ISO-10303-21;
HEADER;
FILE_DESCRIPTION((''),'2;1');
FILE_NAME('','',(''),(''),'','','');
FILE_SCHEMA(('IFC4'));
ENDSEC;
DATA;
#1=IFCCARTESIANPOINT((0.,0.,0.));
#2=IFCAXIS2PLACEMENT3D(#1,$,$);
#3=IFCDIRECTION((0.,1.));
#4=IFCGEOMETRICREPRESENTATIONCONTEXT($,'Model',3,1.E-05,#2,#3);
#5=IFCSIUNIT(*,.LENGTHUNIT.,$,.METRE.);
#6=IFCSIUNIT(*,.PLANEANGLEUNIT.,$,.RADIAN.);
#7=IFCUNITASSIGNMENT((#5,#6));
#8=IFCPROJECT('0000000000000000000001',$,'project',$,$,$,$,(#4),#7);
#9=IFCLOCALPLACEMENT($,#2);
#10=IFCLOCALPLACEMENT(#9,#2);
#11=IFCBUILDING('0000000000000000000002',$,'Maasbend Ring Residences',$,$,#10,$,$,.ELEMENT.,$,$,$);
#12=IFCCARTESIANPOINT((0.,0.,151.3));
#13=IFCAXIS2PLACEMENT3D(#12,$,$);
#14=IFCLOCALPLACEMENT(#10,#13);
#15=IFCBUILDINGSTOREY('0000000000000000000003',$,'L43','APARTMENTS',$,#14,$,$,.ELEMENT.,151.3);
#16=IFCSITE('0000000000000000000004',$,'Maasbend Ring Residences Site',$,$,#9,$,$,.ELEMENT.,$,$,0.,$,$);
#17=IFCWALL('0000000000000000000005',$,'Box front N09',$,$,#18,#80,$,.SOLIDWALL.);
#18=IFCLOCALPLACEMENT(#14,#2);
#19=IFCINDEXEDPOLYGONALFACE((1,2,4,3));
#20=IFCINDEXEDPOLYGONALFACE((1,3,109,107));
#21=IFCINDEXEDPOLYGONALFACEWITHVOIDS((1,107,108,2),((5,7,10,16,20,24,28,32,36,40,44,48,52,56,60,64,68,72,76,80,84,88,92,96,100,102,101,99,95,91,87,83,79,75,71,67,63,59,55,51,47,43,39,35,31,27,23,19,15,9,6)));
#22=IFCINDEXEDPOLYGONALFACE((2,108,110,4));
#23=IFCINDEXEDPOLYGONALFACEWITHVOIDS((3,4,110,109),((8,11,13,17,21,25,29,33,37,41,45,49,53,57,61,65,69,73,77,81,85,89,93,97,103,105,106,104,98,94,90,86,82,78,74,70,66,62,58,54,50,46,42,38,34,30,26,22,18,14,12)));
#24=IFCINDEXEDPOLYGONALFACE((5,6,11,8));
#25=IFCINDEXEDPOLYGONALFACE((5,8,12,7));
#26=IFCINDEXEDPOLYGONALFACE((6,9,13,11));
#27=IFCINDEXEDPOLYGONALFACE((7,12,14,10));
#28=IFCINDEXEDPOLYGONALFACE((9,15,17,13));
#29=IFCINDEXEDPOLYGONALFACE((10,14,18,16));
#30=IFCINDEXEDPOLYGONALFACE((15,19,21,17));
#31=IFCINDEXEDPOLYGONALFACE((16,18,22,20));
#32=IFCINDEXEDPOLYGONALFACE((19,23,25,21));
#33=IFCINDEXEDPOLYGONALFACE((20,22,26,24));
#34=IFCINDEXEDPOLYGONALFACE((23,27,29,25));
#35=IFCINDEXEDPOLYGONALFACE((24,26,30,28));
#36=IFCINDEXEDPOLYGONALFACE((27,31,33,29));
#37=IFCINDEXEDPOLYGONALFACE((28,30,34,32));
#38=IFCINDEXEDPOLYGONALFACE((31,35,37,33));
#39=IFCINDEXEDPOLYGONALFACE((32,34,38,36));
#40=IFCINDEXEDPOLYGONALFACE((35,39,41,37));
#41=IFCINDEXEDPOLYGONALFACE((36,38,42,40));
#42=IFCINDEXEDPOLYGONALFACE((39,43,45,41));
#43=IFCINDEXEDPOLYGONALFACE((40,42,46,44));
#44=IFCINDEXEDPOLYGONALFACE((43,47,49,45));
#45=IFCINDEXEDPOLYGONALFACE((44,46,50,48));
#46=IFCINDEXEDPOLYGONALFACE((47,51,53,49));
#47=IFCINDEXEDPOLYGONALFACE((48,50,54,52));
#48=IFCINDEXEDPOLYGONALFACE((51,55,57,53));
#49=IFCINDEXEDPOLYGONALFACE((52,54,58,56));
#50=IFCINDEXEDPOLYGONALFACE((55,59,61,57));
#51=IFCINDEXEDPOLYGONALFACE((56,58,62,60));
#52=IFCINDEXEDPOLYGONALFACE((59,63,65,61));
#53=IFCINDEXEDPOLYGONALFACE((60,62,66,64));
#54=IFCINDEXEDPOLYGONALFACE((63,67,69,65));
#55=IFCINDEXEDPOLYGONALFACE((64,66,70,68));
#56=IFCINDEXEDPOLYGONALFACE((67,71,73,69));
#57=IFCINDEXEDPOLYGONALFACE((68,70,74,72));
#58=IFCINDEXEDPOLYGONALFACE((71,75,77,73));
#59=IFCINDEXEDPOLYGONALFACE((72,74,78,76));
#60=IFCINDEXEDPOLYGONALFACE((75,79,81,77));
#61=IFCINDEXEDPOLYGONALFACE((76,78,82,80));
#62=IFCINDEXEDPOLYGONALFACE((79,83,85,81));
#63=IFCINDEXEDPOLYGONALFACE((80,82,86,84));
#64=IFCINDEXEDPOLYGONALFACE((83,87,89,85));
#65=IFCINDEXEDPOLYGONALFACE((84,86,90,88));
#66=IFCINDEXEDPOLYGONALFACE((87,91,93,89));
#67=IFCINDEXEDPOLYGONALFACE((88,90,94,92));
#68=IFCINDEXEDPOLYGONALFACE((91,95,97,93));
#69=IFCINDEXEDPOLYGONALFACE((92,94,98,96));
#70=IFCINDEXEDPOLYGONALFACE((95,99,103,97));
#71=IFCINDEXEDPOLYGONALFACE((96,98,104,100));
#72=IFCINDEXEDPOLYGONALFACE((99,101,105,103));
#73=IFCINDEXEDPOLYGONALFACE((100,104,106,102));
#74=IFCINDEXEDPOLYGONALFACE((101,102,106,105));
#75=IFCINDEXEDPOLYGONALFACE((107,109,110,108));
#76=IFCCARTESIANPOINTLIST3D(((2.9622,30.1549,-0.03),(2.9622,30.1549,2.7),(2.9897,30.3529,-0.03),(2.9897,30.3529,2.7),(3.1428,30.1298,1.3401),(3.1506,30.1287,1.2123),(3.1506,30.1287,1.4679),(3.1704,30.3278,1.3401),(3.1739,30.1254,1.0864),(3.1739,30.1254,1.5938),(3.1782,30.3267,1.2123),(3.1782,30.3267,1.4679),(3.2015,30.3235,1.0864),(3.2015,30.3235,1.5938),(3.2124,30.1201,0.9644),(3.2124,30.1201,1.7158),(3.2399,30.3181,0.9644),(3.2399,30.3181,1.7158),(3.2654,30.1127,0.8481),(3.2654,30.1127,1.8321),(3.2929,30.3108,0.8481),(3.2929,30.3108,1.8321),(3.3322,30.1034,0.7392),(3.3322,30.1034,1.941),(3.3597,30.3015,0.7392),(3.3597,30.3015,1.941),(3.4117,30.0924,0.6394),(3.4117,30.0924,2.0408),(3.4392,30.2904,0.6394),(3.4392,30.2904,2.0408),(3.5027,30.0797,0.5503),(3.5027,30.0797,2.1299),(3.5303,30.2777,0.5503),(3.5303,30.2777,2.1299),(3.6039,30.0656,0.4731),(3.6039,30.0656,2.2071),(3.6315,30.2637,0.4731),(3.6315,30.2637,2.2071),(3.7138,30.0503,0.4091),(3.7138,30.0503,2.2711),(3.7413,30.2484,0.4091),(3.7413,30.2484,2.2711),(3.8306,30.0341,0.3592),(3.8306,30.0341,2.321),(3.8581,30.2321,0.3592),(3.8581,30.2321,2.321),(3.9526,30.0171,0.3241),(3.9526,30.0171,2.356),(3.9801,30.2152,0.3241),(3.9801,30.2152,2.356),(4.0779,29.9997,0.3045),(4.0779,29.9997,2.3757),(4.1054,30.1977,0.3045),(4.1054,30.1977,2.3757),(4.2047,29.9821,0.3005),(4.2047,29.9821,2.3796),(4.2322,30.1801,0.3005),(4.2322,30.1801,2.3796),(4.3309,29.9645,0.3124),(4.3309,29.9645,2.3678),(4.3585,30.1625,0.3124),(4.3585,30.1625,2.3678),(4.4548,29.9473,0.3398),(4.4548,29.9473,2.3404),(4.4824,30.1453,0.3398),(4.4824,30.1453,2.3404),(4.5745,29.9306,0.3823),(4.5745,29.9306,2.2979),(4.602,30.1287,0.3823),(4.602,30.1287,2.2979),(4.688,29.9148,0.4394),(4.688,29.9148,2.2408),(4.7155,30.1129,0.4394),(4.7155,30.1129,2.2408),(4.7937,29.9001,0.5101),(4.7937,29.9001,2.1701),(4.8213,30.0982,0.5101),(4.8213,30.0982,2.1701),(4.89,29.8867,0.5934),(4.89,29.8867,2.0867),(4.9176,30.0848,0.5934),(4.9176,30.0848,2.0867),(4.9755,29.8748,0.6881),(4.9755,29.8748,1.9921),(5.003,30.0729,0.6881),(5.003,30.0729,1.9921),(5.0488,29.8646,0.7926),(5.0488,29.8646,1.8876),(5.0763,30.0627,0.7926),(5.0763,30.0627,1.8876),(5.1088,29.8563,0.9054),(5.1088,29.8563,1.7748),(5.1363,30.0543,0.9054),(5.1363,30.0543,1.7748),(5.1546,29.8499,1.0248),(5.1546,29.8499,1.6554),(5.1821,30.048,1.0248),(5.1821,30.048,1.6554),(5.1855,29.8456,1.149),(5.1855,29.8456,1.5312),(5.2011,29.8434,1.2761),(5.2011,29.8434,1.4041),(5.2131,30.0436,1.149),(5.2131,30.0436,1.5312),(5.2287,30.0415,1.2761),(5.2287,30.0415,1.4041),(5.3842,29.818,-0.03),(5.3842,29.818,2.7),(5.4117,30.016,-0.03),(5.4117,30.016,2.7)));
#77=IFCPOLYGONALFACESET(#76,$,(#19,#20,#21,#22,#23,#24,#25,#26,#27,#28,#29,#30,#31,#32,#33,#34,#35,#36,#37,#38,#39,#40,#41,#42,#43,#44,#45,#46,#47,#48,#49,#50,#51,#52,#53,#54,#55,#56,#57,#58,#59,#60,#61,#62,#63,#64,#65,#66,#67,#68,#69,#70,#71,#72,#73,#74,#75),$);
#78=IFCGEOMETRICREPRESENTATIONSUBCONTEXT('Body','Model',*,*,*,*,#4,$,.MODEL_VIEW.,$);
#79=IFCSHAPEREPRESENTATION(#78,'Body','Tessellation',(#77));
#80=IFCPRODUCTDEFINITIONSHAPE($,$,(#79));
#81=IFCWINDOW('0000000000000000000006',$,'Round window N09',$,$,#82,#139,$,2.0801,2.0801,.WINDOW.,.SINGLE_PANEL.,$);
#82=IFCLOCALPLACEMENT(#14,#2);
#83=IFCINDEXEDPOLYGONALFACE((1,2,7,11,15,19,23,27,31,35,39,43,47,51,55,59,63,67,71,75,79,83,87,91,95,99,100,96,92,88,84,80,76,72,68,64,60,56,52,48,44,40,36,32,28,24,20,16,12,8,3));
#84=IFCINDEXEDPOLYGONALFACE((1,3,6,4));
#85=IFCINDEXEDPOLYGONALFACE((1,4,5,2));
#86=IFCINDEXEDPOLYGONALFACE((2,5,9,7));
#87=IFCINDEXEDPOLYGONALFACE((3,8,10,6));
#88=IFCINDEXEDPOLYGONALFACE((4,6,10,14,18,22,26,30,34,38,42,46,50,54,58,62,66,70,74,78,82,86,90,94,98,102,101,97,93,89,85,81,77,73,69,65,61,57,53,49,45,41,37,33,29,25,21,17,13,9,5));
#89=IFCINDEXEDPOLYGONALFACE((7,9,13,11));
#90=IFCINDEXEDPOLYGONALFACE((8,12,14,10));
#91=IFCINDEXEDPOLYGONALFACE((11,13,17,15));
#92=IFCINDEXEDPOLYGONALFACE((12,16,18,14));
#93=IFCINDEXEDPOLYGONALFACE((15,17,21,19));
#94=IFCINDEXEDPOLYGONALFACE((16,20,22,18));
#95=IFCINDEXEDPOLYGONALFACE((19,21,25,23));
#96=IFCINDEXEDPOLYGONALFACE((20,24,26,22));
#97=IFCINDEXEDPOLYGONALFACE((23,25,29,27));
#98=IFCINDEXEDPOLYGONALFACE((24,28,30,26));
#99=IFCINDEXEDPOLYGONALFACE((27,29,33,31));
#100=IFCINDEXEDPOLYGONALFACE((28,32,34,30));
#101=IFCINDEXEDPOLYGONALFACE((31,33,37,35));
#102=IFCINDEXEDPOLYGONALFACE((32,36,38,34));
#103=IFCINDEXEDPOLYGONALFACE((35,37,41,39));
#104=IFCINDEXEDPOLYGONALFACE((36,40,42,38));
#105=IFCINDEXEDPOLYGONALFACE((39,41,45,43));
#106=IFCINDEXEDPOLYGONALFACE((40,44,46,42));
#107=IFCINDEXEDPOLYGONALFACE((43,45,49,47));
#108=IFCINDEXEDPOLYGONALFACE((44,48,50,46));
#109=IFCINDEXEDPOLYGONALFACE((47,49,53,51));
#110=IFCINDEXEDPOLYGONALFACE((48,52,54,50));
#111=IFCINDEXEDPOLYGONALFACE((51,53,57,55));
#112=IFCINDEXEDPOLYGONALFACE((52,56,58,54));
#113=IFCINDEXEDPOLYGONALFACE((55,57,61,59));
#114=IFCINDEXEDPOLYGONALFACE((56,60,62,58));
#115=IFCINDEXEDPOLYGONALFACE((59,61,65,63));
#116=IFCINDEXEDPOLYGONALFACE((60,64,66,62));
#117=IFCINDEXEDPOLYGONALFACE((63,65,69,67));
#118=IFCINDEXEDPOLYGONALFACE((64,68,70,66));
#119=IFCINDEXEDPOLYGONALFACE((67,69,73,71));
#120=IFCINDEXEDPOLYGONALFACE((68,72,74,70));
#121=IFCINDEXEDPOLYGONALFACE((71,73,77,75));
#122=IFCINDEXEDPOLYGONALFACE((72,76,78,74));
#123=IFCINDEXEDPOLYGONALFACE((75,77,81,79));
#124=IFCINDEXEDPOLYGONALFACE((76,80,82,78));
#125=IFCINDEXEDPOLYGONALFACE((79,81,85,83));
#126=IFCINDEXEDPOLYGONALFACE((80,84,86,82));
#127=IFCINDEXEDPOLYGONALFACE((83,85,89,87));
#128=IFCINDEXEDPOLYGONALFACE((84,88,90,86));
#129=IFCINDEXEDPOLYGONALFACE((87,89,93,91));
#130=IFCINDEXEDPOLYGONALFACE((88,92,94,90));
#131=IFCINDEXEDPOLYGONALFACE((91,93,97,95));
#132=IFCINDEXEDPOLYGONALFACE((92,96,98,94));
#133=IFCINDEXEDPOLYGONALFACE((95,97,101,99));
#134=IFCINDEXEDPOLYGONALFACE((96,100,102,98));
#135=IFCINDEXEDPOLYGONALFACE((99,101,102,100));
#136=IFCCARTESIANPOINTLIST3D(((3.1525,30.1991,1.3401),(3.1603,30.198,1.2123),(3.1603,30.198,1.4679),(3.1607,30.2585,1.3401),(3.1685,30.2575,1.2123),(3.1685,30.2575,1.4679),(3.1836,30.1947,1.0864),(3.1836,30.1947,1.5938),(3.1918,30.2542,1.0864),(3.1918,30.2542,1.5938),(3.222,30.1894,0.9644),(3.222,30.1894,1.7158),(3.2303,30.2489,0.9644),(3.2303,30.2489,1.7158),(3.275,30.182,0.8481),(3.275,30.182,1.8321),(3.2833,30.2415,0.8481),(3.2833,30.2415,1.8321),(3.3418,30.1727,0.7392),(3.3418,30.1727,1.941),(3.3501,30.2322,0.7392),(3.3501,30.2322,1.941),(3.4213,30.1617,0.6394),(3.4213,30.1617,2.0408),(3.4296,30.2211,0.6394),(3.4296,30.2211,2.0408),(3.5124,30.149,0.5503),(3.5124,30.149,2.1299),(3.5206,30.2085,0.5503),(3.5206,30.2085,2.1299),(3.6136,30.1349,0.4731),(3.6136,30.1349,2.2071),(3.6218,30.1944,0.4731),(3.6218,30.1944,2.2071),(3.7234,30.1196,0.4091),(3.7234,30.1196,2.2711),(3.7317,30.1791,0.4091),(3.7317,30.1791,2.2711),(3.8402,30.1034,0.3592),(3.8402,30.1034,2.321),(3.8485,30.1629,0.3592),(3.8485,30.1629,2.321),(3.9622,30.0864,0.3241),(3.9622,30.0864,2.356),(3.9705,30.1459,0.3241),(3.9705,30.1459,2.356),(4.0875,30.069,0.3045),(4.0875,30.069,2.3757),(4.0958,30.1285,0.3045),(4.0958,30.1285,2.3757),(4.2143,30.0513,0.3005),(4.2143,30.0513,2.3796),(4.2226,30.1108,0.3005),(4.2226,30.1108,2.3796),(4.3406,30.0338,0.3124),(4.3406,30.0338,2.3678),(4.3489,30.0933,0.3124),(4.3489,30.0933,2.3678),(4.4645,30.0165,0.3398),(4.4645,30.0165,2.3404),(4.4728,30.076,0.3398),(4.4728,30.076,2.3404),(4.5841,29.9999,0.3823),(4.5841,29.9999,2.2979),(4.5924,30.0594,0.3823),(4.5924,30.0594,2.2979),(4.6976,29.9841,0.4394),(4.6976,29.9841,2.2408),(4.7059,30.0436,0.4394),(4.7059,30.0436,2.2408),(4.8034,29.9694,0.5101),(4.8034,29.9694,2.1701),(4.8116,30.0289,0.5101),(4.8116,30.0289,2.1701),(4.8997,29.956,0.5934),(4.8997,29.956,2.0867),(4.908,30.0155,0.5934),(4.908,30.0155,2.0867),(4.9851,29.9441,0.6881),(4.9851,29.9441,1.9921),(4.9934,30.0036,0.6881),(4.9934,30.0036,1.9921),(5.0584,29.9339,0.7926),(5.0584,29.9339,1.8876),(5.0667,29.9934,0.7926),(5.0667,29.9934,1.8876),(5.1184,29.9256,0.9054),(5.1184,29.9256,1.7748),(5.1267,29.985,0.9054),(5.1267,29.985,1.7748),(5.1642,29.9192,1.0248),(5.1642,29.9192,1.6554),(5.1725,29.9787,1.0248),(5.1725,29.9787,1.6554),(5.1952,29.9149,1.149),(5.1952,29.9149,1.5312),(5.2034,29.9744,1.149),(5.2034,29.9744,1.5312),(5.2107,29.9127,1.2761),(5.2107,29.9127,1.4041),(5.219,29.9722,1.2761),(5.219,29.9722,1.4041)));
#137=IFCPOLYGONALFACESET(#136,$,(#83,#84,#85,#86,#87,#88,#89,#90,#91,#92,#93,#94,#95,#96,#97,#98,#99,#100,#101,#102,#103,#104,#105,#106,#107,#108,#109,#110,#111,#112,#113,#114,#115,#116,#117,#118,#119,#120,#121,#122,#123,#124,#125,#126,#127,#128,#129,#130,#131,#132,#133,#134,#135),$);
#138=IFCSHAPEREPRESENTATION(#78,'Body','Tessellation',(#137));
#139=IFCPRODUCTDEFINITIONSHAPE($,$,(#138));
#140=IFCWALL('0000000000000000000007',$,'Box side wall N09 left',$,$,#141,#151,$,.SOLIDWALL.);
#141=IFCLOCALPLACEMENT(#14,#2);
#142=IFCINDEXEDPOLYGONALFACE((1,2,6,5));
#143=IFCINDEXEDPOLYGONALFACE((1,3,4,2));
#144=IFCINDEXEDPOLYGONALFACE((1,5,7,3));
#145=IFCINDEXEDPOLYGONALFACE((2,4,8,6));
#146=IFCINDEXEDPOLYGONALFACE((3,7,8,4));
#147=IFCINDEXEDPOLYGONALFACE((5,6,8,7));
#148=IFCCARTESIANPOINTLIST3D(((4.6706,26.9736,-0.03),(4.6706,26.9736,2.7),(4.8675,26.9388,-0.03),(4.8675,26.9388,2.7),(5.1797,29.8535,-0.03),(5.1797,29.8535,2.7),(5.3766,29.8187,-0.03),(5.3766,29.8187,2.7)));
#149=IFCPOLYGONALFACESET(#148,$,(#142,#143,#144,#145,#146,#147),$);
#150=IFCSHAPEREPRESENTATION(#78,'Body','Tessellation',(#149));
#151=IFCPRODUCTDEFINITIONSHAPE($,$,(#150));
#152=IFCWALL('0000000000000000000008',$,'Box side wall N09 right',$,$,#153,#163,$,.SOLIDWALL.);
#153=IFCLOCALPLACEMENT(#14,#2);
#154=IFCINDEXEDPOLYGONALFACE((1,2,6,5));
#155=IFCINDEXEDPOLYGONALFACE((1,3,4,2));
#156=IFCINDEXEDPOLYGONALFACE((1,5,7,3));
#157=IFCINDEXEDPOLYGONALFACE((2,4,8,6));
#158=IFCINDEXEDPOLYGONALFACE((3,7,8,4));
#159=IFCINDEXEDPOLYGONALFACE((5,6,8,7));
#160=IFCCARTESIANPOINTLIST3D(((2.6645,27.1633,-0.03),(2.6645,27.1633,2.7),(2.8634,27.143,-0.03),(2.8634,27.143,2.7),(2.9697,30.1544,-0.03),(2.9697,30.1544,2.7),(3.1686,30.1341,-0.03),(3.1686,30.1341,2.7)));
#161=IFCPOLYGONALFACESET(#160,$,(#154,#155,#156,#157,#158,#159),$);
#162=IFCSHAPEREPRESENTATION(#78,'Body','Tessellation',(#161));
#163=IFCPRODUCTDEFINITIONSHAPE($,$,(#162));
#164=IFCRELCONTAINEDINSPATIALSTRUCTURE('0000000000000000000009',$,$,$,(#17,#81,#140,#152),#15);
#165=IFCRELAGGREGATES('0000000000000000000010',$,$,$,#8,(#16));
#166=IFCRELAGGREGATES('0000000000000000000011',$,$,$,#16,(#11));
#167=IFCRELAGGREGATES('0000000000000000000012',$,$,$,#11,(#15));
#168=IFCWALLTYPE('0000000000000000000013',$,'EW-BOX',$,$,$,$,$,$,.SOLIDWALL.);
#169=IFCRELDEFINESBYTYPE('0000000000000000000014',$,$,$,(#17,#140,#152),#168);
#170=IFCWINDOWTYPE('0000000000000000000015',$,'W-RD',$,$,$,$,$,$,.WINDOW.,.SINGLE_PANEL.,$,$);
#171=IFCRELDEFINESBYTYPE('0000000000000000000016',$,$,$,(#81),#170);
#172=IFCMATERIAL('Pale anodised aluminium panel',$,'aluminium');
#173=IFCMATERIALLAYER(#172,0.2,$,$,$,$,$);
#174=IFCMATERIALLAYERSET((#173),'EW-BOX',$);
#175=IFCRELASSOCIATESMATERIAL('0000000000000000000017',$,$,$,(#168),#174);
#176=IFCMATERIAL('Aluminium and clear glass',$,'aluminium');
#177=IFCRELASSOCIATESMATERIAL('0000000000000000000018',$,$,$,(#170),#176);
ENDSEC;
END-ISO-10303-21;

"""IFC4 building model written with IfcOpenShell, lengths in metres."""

from ifc_helpers import new_model, si_unit, direction, frame, frame_2d, origin, place, context, subcontext, project, spatial, rectangle, circle, extrude, material, layer, layer_set, type_object, element, fill, save


model = new_model("IFC4")

# Units and contexts
model_context = context("Model", 3, precision=1e-05, world=origin(), true_north=direction((0.0, 1.0)))
body_context = subcontext(model_context, "Body", "Model", "MODEL_VIEW")
ifc_project = project(units=[si_unit("LENGTHUNIT", "METRE"), si_unit("PLANEANGLEUNIT", "RADIAN")], contexts=[model_context])

# Site, building, storey
site_placement = place(None, origin())
site = spatial("IfcSite", under=ifc_project, at=site_placement, Name="Maasbend Ring Residences Site", CompositionType="ELEMENT", RefElevation=0.0)
building_placement = place(site_placement, origin())
building = spatial("IfcBuilding", under=site, at=building_placement, Name="Maasbend Ring Residences", CompositionType="ELEMENT")
storey_placement = place(building_placement, frame((0.0, 0.0, 151.3)))
storey = spatial("IfcBuildingStorey", under=building, at=storey_placement, Name="L43", Description="APARTMENTS", CompositionType="ELEMENT", Elevation=151.3)

# Shared definitions
ifc_material_1 = material(Name="Pale anodised aluminium panel", Category="aluminium")
ifc_layer_1 = layer(ifc_material_1, 0.2)
ifc_layer_set_1 = layer_set([ifc_layer_1], Name="EW-BOX")
wall_type_1 = type_object("IfcWallType", Name="EW-BOX", PredefinedType="SOLIDWALL", material=ifc_layer_set_1)

# Wall, opening, window
wall_1_placement = place(storey_placement, frame((5.3979, 29.917, -0.03), z_axis=(0.0, 0.0, 1.0), x_axis=(-0.990462, 0.137786, 0.0)))
wall_1 = element("IfcWall", 1, at=wall_1_placement, inside=storey, type_object=wall_type_1, Name="Box front N09", PredefinedType="SOLIDWALL", context=body_context, shape_type="SweptSolid", body=[
    extrude(rectangle(XDim=2.4453, YDim=0.2, at=frame_2d((1.2227, 0.0))), origin(), (0.0, 0.0, 1.0), 2.73),
])
opening_1_placement = place(wall_1_placement, frame((0.1829, 0.0, 0.3301)))
opening_1 = element("IfcOpeningElement", 2, at=opening_1_placement, cuts=wall_1, PredefinedType="OPENING", context=body_context, shape_type="SweptSolid", body=[
    extrude(circle(Radius=1.04, at=frame_2d((1.04, 1.04))), frame((0.0, 0.1099, 0.0), z_axis=(0.0, -1.0, 0.0), x_axis=(1.0, 0.0, 0.0)), (0.0, 0.0, 1.0), 0.22),
])
ifc_material_2 = material(Name="Aluminium and clear glass", Category="aluminium")
window_type_1 = type_object("IfcWindowType", Name="W-RD", PartitioningType="SINGLE_PANEL", PredefinedType="WINDOW", material=ifc_material_2)
window_1_placement = place(opening_1_placement, origin())
window_1 = element("IfcWindow", 3, at=window_1_placement, inside=storey, type_object=window_type_1, Name="Round window N09", OverallHeight=2.0801, OverallWidth=2.0801, PartitioningType="SINGLE_PANEL", PredefinedType="WINDOW", context=body_context, shape_type="SweptSolid", body=[
    extrude(circle(Radius=1.04, at=frame_2d((1.04, 1.04))), frame((0.0, 0.03, 0.0), z_axis=(0.0, -1.0, 0.0), x_axis=(1.0, 0.0, 0.0)), (0.0, 0.0, 1.0), 0.0601),
])
fill(opening_1, window_1)

# Walls
wall_2_placement = place(storey_placement, frame((4.769, 26.9561, -0.03), z_axis=(0.0, 0.0, 1.0), x_axis=(0.174057, 0.984736, 0.0)))
element("IfcWall", 4, at=wall_2_placement, inside=storey, type_object=wall_type_1, Name="Box side wall N09 left", PredefinedType="SOLIDWALL", context=body_context, shape_type="SweptSolid", body=[
    extrude(rectangle(XDim=2.9246, YDim=0.2, at=frame_2d((1.4624, 0.0))), origin(), (0.0, 0.0, 1.0), 2.73),
])
wall_3_placement = place(storey_placement, frame((2.7639, 27.1531, -0.03), z_axis=(0.0, 0.0, 1.0), x_axis=(0.101505, 0.994835, 0.0)))
element("IfcWall", 5, at=wall_3_placement, inside=storey, type_object=wall_type_1, Name="Box side wall N09 right", PredefinedType="SOLIDWALL", context=body_context, shape_type="SweptSolid", body=[
    extrude(rectangle(XDim=3.0066, YDim=0.2, at=frame_2d((1.5034, 0.0))), origin(), (0.0, 0.0, 1.0), 2.73),
])

save(model, "model.ifc")
